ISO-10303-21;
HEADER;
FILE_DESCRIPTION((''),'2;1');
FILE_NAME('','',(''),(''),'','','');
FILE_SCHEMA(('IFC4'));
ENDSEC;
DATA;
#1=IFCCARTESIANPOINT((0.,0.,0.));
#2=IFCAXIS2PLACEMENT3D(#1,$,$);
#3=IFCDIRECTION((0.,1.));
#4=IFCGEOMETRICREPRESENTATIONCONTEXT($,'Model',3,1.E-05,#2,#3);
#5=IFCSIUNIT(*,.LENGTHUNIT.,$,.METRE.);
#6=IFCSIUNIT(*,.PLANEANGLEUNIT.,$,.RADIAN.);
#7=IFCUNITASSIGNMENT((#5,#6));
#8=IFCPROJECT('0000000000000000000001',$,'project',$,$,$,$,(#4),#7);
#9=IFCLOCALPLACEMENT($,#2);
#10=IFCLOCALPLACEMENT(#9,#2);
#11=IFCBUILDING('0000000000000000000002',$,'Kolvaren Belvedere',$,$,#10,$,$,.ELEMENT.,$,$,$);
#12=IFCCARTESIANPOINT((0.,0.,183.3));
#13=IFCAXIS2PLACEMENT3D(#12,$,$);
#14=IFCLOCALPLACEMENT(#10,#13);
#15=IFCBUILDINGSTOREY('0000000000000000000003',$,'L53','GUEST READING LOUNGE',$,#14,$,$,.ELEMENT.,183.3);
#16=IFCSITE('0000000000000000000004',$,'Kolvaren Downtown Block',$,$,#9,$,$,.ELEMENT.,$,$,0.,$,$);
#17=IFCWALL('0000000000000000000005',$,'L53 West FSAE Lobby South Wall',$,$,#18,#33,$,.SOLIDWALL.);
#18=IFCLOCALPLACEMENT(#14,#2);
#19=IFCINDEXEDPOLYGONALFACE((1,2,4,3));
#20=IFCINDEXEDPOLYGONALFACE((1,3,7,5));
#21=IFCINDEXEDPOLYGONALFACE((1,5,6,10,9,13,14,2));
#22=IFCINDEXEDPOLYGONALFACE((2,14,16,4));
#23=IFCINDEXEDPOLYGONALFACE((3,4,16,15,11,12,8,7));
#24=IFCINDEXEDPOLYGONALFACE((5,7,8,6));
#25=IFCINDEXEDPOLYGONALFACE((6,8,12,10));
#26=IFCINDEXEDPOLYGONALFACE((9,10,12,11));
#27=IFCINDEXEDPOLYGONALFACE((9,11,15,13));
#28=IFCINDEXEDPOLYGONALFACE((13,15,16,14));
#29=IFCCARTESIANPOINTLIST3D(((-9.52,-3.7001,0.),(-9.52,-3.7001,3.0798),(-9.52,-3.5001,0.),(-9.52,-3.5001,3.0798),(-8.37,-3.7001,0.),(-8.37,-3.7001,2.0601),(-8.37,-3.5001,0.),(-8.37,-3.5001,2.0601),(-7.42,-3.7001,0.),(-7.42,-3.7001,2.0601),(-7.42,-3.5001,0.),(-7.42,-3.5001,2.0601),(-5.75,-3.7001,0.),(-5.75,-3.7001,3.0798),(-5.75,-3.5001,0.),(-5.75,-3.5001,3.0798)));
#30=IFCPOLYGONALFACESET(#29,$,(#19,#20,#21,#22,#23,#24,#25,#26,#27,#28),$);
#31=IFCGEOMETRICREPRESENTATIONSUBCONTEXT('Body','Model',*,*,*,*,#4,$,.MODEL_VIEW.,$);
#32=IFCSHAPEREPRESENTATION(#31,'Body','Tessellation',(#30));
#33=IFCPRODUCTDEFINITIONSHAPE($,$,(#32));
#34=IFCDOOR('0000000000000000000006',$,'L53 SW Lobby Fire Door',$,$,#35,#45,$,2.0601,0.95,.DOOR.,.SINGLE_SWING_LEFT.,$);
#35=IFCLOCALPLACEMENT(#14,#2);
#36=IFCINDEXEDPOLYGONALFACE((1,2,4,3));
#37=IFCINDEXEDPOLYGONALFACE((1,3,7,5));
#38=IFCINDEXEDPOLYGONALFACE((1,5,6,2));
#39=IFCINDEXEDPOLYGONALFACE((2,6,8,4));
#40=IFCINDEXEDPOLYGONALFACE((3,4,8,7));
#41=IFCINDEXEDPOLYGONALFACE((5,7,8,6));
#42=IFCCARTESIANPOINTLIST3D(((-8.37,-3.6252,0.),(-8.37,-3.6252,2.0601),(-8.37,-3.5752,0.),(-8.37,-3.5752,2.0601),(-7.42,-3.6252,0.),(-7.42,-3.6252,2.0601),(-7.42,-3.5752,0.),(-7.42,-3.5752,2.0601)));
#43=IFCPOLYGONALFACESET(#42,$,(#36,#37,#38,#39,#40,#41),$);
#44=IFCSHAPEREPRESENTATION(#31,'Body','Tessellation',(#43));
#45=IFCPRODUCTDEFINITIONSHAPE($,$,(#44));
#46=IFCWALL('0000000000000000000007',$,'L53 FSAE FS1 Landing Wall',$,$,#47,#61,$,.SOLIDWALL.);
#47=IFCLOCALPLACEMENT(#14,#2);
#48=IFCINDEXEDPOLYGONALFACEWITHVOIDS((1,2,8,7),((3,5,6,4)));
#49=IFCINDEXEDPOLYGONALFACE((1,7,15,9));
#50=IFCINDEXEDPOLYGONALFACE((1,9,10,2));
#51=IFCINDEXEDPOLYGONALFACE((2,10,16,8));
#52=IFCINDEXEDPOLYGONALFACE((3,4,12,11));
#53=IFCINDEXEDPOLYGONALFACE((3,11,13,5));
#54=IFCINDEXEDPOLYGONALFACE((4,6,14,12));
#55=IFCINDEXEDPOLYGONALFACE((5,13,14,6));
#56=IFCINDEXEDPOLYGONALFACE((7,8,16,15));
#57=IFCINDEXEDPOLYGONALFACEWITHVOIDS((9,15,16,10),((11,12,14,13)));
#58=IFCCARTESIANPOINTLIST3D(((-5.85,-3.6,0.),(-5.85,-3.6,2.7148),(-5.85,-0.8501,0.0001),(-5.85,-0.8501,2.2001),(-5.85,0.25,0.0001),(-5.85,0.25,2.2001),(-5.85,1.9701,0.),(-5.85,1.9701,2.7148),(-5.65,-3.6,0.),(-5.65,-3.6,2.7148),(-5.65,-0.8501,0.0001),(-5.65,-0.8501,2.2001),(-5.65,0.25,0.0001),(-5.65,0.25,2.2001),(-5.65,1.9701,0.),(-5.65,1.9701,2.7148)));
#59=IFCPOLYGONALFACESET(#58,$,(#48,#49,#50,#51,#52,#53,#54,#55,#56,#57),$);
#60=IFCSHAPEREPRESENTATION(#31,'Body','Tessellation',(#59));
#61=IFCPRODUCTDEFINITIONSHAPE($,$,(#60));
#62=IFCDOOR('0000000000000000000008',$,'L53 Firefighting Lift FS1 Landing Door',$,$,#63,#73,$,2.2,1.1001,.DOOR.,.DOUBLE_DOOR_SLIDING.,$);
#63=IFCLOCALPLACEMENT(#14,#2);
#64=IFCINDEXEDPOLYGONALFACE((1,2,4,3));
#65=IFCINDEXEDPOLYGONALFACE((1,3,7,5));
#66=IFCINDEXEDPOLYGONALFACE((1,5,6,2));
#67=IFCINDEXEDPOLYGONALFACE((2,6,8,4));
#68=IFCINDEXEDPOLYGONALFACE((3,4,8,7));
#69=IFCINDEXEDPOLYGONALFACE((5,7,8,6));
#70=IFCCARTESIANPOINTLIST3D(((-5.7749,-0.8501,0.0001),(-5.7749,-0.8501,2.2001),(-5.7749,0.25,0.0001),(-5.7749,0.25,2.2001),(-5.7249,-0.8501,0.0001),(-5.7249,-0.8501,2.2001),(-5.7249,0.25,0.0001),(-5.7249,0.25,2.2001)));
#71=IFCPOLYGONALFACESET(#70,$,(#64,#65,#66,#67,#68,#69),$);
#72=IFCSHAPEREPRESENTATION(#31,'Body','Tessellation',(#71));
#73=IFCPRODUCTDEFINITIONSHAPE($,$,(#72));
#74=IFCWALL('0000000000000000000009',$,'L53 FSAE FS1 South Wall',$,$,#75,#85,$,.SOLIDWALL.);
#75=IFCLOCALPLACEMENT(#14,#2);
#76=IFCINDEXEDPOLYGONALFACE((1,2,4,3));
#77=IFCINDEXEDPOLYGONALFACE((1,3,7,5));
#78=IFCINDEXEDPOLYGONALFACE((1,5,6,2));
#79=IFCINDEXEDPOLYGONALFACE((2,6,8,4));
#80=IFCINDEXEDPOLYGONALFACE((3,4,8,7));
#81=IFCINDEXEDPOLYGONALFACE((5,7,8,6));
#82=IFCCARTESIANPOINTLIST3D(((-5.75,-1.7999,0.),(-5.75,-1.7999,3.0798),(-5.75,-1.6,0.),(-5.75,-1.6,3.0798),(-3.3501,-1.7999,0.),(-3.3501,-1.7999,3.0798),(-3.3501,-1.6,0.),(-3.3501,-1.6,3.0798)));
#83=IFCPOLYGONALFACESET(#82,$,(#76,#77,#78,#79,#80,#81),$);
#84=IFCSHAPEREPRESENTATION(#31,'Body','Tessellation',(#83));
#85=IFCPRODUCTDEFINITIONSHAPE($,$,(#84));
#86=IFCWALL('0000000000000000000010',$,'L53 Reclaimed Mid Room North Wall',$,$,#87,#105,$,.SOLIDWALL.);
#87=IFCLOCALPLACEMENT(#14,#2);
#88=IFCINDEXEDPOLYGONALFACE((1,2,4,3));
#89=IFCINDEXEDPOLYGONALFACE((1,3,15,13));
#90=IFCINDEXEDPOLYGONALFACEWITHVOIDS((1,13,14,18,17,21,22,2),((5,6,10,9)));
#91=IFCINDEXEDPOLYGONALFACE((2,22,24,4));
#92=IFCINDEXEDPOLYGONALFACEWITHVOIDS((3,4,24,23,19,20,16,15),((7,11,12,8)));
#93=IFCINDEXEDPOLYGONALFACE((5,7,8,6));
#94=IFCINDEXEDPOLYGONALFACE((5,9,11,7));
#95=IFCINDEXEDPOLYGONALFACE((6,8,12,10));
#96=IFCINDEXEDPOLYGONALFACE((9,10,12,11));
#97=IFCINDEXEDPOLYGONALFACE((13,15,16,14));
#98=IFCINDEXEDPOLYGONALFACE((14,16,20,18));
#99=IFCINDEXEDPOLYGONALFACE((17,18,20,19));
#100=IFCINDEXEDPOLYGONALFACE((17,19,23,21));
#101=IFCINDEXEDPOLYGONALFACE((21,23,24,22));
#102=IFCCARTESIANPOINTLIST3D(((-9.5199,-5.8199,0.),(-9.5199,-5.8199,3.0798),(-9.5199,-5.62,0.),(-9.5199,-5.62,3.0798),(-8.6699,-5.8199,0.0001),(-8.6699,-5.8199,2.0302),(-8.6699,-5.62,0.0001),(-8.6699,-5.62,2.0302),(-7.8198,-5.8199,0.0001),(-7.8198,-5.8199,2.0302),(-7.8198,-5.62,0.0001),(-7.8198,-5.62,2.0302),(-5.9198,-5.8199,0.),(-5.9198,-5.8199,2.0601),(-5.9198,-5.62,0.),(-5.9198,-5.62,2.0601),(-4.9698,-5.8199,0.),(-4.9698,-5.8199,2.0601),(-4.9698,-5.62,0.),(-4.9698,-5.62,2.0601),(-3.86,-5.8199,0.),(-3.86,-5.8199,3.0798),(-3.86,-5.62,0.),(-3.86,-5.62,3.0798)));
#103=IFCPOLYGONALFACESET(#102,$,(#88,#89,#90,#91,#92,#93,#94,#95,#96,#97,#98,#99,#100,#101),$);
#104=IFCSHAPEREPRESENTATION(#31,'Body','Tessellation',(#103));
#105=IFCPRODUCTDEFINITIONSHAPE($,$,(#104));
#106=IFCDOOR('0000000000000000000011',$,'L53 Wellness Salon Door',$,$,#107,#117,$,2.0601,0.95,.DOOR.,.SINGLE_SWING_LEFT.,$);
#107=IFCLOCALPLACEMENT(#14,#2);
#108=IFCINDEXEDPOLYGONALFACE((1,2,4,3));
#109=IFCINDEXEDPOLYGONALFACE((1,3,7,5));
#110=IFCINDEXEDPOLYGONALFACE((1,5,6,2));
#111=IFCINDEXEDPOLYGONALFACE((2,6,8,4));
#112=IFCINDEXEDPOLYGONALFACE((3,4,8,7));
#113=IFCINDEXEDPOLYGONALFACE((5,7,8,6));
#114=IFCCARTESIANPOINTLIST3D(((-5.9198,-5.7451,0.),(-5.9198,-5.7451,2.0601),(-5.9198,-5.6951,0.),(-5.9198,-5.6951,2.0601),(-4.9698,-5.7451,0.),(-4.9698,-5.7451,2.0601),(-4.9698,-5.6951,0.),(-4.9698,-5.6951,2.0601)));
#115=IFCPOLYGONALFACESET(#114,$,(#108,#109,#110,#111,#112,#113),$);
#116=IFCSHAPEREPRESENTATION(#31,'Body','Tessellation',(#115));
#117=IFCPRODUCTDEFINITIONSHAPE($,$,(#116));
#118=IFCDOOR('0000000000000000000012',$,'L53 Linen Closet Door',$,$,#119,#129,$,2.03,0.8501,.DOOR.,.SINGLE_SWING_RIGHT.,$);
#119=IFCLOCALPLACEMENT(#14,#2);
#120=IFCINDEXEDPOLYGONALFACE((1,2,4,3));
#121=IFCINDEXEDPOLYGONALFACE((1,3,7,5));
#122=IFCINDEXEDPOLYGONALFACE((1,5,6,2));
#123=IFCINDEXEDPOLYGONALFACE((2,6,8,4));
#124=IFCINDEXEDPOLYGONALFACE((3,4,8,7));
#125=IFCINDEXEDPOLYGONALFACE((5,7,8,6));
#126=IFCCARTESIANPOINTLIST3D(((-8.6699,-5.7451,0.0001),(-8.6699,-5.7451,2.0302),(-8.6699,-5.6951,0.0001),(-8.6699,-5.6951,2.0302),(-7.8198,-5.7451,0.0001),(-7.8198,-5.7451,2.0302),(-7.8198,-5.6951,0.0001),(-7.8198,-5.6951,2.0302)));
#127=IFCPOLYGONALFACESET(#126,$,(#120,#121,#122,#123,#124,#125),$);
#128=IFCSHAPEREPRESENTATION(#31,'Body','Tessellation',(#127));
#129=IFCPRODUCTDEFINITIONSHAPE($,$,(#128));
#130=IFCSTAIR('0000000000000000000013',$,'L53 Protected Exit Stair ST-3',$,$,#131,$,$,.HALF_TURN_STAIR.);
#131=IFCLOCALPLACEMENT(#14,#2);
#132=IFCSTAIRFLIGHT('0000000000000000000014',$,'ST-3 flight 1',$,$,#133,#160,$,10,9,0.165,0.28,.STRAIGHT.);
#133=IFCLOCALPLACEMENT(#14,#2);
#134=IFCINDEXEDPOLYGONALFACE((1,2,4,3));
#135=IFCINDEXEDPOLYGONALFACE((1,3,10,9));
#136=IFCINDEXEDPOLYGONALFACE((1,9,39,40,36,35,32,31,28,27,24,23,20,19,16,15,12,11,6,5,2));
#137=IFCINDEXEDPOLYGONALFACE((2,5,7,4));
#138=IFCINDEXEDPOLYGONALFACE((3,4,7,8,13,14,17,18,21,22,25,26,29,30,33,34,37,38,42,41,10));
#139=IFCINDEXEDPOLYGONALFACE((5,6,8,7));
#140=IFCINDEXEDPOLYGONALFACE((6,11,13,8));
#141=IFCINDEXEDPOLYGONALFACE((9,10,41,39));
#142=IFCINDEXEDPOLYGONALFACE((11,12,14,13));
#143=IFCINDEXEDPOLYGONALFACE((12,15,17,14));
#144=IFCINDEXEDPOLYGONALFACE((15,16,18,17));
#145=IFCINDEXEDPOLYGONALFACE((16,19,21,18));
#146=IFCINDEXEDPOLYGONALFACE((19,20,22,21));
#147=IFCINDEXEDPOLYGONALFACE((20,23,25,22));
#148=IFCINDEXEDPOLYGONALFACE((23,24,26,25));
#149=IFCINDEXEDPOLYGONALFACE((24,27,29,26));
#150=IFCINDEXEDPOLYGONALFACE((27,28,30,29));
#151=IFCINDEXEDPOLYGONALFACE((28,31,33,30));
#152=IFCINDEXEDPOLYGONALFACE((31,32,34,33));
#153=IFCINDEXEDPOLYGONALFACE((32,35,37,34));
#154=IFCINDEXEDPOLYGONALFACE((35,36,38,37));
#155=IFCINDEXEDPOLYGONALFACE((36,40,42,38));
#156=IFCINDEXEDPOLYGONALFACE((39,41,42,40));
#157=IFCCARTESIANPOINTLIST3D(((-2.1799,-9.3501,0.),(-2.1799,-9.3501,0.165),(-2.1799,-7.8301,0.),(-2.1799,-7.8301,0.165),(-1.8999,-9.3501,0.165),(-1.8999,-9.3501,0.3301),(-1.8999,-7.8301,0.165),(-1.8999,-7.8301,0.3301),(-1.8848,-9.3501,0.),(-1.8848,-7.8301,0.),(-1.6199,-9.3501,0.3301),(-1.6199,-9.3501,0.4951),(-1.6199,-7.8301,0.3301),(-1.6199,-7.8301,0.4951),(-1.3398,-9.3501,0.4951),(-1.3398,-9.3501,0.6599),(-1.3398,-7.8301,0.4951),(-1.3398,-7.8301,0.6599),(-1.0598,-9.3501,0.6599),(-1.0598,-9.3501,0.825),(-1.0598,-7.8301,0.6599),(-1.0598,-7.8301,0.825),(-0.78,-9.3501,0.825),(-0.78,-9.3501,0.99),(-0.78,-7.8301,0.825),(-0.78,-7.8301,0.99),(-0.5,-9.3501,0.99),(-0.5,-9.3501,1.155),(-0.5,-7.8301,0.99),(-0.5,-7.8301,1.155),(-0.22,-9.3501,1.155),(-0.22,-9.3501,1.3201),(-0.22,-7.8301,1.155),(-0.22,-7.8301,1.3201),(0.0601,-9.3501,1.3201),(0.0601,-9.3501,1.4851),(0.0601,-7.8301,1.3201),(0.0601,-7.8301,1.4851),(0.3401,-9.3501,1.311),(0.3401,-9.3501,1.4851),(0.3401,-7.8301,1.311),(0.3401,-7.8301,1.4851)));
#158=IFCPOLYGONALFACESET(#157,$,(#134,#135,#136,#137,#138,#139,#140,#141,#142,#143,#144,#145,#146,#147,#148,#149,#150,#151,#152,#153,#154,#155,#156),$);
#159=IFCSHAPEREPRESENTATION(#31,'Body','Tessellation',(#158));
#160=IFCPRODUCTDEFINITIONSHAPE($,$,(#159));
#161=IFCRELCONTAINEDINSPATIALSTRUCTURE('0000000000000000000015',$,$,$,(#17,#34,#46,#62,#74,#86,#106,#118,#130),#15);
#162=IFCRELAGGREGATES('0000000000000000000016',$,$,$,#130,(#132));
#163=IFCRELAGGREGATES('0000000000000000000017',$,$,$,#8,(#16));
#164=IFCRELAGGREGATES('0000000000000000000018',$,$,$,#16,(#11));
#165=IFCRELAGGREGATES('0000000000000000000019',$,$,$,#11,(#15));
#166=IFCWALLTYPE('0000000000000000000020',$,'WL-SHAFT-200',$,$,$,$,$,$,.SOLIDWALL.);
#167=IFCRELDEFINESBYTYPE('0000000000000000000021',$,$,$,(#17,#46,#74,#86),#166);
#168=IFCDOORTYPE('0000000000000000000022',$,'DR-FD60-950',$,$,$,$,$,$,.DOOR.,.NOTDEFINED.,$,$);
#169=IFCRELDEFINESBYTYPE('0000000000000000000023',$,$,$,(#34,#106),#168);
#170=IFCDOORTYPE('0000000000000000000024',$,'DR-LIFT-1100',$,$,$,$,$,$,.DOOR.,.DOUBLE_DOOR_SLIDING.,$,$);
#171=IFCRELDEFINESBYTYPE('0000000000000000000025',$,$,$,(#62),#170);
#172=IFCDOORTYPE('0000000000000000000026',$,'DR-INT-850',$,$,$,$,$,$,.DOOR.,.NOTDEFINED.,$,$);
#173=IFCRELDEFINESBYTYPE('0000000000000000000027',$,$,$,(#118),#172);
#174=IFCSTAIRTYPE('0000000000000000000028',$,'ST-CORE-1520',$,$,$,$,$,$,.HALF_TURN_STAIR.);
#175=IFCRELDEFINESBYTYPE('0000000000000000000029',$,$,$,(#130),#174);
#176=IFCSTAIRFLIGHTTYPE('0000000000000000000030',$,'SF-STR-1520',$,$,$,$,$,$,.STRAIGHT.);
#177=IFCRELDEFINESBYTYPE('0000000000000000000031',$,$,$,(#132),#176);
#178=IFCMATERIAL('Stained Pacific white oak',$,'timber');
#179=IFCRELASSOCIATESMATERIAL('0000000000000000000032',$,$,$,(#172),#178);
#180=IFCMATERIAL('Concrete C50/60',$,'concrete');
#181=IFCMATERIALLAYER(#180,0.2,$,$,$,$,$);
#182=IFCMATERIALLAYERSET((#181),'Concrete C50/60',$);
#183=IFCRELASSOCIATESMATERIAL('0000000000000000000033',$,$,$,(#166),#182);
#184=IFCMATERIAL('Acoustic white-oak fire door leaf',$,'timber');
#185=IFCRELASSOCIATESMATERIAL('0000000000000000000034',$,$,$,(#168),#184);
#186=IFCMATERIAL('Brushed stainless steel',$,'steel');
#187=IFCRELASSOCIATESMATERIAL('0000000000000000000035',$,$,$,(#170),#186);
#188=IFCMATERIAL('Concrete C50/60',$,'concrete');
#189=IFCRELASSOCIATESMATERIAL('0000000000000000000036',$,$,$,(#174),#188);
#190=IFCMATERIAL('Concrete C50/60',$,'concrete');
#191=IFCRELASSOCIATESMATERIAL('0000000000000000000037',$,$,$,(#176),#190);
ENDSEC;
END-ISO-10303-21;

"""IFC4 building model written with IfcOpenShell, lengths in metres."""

from ifc_helpers import new_model, si_unit, direction, frame, frame_2d, origin, place, context, subcontext, project, spatial, polyline, rectangle, outline, extrude, material, layer, layer_set, type_object, element, fill, aggregate, save


model = new_model("IFC4")

# Units and contexts
model_context = context("Model", 3, precision=1e-05, world=origin(), true_north=direction((0.0, 1.0)))
body_context = subcontext(model_context, "Body", "Model", "MODEL_VIEW")
ifc_project = project(units=[si_unit("LENGTHUNIT", "METRE"), si_unit("PLANEANGLEUNIT", "RADIAN")], contexts=[model_context])

# Site, building, storey
site_placement = place(None, origin())
site = spatial("IfcSite", under=ifc_project, at=site_placement, Name="Kolvaren Downtown Block", CompositionType="ELEMENT", RefElevation=0.0)
building_placement = place(site_placement, origin())
building = spatial("IfcBuilding", under=site, at=building_placement, Name="Kolvaren Belvedere", CompositionType="ELEMENT")
storey_placement = place(building_placement, frame((0.0, 0.0, 183.3)))
storey = spatial("IfcBuildingStorey", under=building, at=storey_placement, Name="L53", Description="GUEST READING LOUNGE", CompositionType="ELEMENT", Elevation=183.3)

# Shared definitions
ifc_material_1 = material(Name="Stained Pacific white oak", Category="timber")
door_type_1 = type_object("IfcDoorType", Name="DR-INT-850", OperationType="NOTDEFINED", PredefinedType="DOOR", material=ifc_material_1)

# Walls, openings, doors
ifc_material_2 = material(Name="Concrete C50/60", Category="concrete")
ifc_layer_1 = layer(ifc_material_2, 0.2)
ifc_layer_set_1 = layer_set([ifc_layer_1], Name="Concrete C50/60")
wall_type_1 = type_object("IfcWallType", Name="WL-SHAFT-200", PredefinedType="SOLIDWALL", material=ifc_layer_set_1)
wall_1_placement = place(storey_placement, frame((-9.52, -3.6001, 0.0), z_axis=(0.0, 0.0, 1.0), x_axis=(1.0, 0.0, 0.0)))
wall_1 = element("IfcWall", 1, at=wall_1_placement, inside=storey, type_object=wall_type_1, Name="L53 West FSAE Lobby South Wall", PredefinedType="SOLIDWALL", context=body_context, shape_type="SweptSolid", body=[
    extrude(rectangle(XDim=3.77, YDim=0.2, at=frame_2d((1.885, 0.0))), origin(), (0.0, 0.0, 1.0), 3.0798),
])
opening_1_placement = place(wall_1_placement, frame((1.1499, 0.0, 0.0)))
opening_1 = element("IfcOpeningElement", 2, at=opening_1_placement, cuts=wall_1, PredefinedType="OPENING", context=body_context, shape_type="SweptSolid", body=[
    extrude(rectangle(XDim=0.95, YDim=2.0601, at=frame_2d((0.4751, 1.03))), frame((0.0, 0.1099, 0.0), z_axis=(0.0, -1.0, 0.0), x_axis=(1.0, 0.0, 0.0)), (0.0, 0.0, 1.0), 0.22),
])
ifc_material_3 = material(Name="Acoustic white-oak fire door leaf", Category="timber")
door_type_2 = type_object("IfcDoorType", Name="DR-FD60-950", OperationType="NOTDEFINED", PredefinedType="DOOR", material=ifc_material_3)
door_1_placement = place(opening_1_placement, origin())
door_1 = element("IfcDoor", 3, at=door_1_placement, inside=storey, type_object=door_type_2, Name="L53 SW Lobby Fire Door", OperationType="SINGLE_SWING_LEFT", OverallHeight=2.0601, OverallWidth=0.95, PredefinedType="DOOR", context=body_context, shape_type="SweptSolid", body=[
    extrude(rectangle(XDim=0.95, YDim=2.0601, at=frame_2d((0.4751, 1.03))), frame((0.0, 0.0249, 0.0), z_axis=(0.0, -1.0, 0.0), x_axis=(1.0, 0.0, 0.0)), (0.0, 0.0, 1.0), 0.05),
])
fill(opening_1, door_1)
wall_2_placement = place(storey_placement, frame((-5.75, -3.6001, 0.0), z_axis=(0.0, 0.0, 1.0), x_axis=(0.0, 1.0, 0.0)))
wall_2 = element("IfcWall", 4, at=wall_2_placement, inside=storey, type_object=wall_type_1, Name="L53 FSAE FS1 Landing Wall", PredefinedType="SOLIDWALL", context=body_context, shape_type="SweptSolid", body=[
    extrude(rectangle(XDim=5.5701, YDim=0.2, at=frame_2d((2.7852, 0.0))), origin(), (0.0, 0.0, 1.0), 2.7148),
])
opening_2_placement = place(wall_2_placement, frame((2.75, 0.0, 0.0)))
opening_2 = element("IfcOpeningElement", 5, at=opening_2_placement, cuts=wall_2, PredefinedType="OPENING", context=body_context, shape_type="SweptSolid", body=[
    extrude(rectangle(XDim=1.1001, YDim=2.2, at=frame_2d((0.55, 1.1001))), frame((0.0, 0.1099, 0.0), z_axis=(0.0, -1.0, 0.0), x_axis=(1.0, 0.0, 0.0)), (0.0, 0.0, 1.0), 0.22),
])
ifc_material_4 = material(Name="Brushed stainless steel", Category="steel")
door_type_3 = type_object("IfcDoorType", Name="DR-LIFT-1100", OperationType="DOUBLE_DOOR_SLIDING", PredefinedType="DOOR", material=ifc_material_4)
door_2_placement = place(opening_2_placement, origin())
door_2 = element("IfcDoor", 6, at=door_2_placement, inside=storey, type_object=door_type_3, Name="L53 Firefighting Lift FS1 Landing Door", OperationType="DOUBLE_DOOR_SLIDING", OverallHeight=2.2, OverallWidth=1.1001, PredefinedType="DOOR", context=body_context, shape_type="SweptSolid", body=[
    extrude(rectangle(XDim=1.1001, YDim=2.2, at=frame_2d((0.55, 1.1001))), frame((0.0, 0.0249, 0.0), z_axis=(0.0, -1.0, 0.0), x_axis=(1.0, 0.0, 0.0)), (0.0, 0.0, 1.0), 0.05),
])
fill(opening_2, door_2)

# Wall
wall_3_placement = place(storey_placement, frame((-5.75, -1.7, 0.0), z_axis=(0.0, 0.0, 1.0), x_axis=(1.0, 0.0, 0.0)))
element("IfcWall", 7, at=wall_3_placement, inside=storey, type_object=wall_type_1, Name="L53 FSAE FS1 South Wall", PredefinedType="SOLIDWALL", context=body_context, shape_type="SweptSolid", body=[
    extrude(rectangle(XDim=2.3999, YDim=0.2, at=frame_2d((1.2, 0.0))), origin(), (0.0, 0.0, 1.0), 3.0798),
])

# Wall, openings, doors
wall_4_placement = place(storey_placement, frame((-9.52, -5.72, 0.0), z_axis=(0.0, 0.0, 1.0), x_axis=(1.0, 0.0, 0.0)))
wall_4 = element("IfcWall", 8, at=wall_4_placement, inside=storey, type_object=wall_type_1, Name="L53 Reclaimed Mid Room North Wall", PredefinedType="SOLIDWALL", context=body_context, shape_type="SweptSolid", body=[
    extrude(rectangle(XDim=5.6599, YDim=0.2, at=frame_2d((2.8301, 0.0))), origin(), (0.0, 0.0, 1.0), 3.0798),
])
opening_3_placement = place(wall_4_placement, frame((3.6001, 0.0, 0.0)))
opening_3 = element("IfcOpeningElement", 9, at=opening_3_placement, cuts=wall_4, PredefinedType="OPENING", context=body_context, shape_type="SweptSolid", body=[
    extrude(rectangle(XDim=0.95, YDim=2.0601, at=frame_2d((0.4751, 1.03))), frame((0.0, 0.1099, 0.0), z_axis=(0.0, -1.0, 0.0), x_axis=(1.0, 0.0, 0.0)), (0.0, 0.0, 1.0), 0.22),
])
opening_4_placement = place(wall_4_placement, frame((0.8501, 0.0, 0.0)))
opening_4 = element("IfcOpeningElement", 10, at=opening_4_placement, cuts=wall_4, PredefinedType="OPENING", context=body_context, shape_type="SweptSolid", body=[
    extrude(rectangle(XDim=0.8501, YDim=2.03, at=frame_2d((0.425, 1.0151))), frame((0.0, 0.1099, 0.0), z_axis=(0.0, -1.0, 0.0), x_axis=(1.0, 0.0, 0.0)), (0.0, 0.0, 1.0), 0.22),
])
door_3_placement = place(opening_3_placement, origin())
door_3 = element("IfcDoor", 11, at=door_3_placement, inside=storey, type_object=door_type_2, Name="L53 Wellness Salon Door", OperationType="SINGLE_SWING_LEFT", OverallHeight=2.0601, OverallWidth=0.95, PredefinedType="DOOR", context=body_context, shape_type="SweptSolid", body=[
    extrude(rectangle(XDim=0.95, YDim=2.0601, at=frame_2d((0.4751, 1.03))), frame((0.0, 0.0249, 0.0), z_axis=(0.0, -1.0, 0.0), x_axis=(1.0, 0.0, 0.0)), (0.0, 0.0, 1.0), 0.05),
])
fill(opening_3, door_3)
door_4_placement = place(opening_4_placement, origin())
door_4 = element("IfcDoor", 12, at=door_4_placement, inside=storey, type_object=door_type_1, Name="L53 Linen Closet Door", OperationType="SINGLE_SWING_RIGHT", OverallHeight=2.03, OverallWidth=0.8501, PredefinedType="DOOR", context=body_context, shape_type="SweptSolid", body=[
    extrude(rectangle(XDim=0.8501, YDim=2.03, at=frame_2d((0.425, 1.0151))), frame((0.0, 0.0249, 0.0), z_axis=(0.0, -1.0, 0.0), x_axis=(1.0, 0.0, 0.0)), (0.0, 0.0, 1.0), 0.05),
])
fill(opening_4, door_4)

# Stair, stair flight
ifc_material_5 = material(Name="Concrete C50/60", Category="concrete")
stair_type = type_object("IfcStairType", Name="ST-CORE-1520", PredefinedType="HALF_TURN_STAIR", material=ifc_material_5)
stair_placement = place(storey_placement, origin())
stair = element("IfcStair", 13, at=stair_placement, inside=storey, type_object=stair_type, Name="L53 Protected Exit Stair ST-3", PredefinedType="HALF_TURN_STAIR")
ifc_material_6 = material(Name="Concrete C50/60", Category="concrete")
stair_flight_type = type_object("IfcStairFlightType", Name="SF-STR-1520", PredefinedType="STRAIGHT", material=ifc_material_6)
stair_flight_placement = place(storey_placement, frame((-2.1799, -8.5901, 0.0), z_axis=(0.0, 0.0, 1.0), x_axis=(1.0, 0.0, 0.0)))
stair_flight = element("IfcStairFlight", 14, at=stair_flight_placement, type_object=stair_flight_type, Name="ST-3 flight 1", NumberOfRisers=10, NumberOfTreads=9, PredefinedType="STRAIGHT", RiserHeight=0.165, TreadLength=0.28, context=body_context, shape_type="SweptSolid", body=[
    extrude(outline(polyline([(0.0, 0.0), (0.0, 0.165), (0.28, 0.165), (0.28, 0.3301), (0.5601, 0.3301), (0.5601, 0.4951), (0.8401, 0.4951), (0.8401, 0.6599), (1.1201, 0.6599), (1.1201, 0.825), (1.3999, 0.825), (1.3999, 0.99), (1.6799, 0.99), (1.6799, 1.155), (1.96, 1.155), (1.96, 1.3201), (2.24, 1.3201), (2.24, 1.4851), (2.52, 1.4851), (2.52, 1.6499), (2.52, 1.311), (0.2952, 0.0), (0.0, 0.0)])), frame((0.0, 0.76, 0.0), z_axis=(0.0, -1.0, 0.0), x_axis=(1.0, 0.0, 0.0)), (0.0, 0.0, 1.0), 1.52),
])
aggregate(stair, [stair_flight])

save(model, "model.ifc")
